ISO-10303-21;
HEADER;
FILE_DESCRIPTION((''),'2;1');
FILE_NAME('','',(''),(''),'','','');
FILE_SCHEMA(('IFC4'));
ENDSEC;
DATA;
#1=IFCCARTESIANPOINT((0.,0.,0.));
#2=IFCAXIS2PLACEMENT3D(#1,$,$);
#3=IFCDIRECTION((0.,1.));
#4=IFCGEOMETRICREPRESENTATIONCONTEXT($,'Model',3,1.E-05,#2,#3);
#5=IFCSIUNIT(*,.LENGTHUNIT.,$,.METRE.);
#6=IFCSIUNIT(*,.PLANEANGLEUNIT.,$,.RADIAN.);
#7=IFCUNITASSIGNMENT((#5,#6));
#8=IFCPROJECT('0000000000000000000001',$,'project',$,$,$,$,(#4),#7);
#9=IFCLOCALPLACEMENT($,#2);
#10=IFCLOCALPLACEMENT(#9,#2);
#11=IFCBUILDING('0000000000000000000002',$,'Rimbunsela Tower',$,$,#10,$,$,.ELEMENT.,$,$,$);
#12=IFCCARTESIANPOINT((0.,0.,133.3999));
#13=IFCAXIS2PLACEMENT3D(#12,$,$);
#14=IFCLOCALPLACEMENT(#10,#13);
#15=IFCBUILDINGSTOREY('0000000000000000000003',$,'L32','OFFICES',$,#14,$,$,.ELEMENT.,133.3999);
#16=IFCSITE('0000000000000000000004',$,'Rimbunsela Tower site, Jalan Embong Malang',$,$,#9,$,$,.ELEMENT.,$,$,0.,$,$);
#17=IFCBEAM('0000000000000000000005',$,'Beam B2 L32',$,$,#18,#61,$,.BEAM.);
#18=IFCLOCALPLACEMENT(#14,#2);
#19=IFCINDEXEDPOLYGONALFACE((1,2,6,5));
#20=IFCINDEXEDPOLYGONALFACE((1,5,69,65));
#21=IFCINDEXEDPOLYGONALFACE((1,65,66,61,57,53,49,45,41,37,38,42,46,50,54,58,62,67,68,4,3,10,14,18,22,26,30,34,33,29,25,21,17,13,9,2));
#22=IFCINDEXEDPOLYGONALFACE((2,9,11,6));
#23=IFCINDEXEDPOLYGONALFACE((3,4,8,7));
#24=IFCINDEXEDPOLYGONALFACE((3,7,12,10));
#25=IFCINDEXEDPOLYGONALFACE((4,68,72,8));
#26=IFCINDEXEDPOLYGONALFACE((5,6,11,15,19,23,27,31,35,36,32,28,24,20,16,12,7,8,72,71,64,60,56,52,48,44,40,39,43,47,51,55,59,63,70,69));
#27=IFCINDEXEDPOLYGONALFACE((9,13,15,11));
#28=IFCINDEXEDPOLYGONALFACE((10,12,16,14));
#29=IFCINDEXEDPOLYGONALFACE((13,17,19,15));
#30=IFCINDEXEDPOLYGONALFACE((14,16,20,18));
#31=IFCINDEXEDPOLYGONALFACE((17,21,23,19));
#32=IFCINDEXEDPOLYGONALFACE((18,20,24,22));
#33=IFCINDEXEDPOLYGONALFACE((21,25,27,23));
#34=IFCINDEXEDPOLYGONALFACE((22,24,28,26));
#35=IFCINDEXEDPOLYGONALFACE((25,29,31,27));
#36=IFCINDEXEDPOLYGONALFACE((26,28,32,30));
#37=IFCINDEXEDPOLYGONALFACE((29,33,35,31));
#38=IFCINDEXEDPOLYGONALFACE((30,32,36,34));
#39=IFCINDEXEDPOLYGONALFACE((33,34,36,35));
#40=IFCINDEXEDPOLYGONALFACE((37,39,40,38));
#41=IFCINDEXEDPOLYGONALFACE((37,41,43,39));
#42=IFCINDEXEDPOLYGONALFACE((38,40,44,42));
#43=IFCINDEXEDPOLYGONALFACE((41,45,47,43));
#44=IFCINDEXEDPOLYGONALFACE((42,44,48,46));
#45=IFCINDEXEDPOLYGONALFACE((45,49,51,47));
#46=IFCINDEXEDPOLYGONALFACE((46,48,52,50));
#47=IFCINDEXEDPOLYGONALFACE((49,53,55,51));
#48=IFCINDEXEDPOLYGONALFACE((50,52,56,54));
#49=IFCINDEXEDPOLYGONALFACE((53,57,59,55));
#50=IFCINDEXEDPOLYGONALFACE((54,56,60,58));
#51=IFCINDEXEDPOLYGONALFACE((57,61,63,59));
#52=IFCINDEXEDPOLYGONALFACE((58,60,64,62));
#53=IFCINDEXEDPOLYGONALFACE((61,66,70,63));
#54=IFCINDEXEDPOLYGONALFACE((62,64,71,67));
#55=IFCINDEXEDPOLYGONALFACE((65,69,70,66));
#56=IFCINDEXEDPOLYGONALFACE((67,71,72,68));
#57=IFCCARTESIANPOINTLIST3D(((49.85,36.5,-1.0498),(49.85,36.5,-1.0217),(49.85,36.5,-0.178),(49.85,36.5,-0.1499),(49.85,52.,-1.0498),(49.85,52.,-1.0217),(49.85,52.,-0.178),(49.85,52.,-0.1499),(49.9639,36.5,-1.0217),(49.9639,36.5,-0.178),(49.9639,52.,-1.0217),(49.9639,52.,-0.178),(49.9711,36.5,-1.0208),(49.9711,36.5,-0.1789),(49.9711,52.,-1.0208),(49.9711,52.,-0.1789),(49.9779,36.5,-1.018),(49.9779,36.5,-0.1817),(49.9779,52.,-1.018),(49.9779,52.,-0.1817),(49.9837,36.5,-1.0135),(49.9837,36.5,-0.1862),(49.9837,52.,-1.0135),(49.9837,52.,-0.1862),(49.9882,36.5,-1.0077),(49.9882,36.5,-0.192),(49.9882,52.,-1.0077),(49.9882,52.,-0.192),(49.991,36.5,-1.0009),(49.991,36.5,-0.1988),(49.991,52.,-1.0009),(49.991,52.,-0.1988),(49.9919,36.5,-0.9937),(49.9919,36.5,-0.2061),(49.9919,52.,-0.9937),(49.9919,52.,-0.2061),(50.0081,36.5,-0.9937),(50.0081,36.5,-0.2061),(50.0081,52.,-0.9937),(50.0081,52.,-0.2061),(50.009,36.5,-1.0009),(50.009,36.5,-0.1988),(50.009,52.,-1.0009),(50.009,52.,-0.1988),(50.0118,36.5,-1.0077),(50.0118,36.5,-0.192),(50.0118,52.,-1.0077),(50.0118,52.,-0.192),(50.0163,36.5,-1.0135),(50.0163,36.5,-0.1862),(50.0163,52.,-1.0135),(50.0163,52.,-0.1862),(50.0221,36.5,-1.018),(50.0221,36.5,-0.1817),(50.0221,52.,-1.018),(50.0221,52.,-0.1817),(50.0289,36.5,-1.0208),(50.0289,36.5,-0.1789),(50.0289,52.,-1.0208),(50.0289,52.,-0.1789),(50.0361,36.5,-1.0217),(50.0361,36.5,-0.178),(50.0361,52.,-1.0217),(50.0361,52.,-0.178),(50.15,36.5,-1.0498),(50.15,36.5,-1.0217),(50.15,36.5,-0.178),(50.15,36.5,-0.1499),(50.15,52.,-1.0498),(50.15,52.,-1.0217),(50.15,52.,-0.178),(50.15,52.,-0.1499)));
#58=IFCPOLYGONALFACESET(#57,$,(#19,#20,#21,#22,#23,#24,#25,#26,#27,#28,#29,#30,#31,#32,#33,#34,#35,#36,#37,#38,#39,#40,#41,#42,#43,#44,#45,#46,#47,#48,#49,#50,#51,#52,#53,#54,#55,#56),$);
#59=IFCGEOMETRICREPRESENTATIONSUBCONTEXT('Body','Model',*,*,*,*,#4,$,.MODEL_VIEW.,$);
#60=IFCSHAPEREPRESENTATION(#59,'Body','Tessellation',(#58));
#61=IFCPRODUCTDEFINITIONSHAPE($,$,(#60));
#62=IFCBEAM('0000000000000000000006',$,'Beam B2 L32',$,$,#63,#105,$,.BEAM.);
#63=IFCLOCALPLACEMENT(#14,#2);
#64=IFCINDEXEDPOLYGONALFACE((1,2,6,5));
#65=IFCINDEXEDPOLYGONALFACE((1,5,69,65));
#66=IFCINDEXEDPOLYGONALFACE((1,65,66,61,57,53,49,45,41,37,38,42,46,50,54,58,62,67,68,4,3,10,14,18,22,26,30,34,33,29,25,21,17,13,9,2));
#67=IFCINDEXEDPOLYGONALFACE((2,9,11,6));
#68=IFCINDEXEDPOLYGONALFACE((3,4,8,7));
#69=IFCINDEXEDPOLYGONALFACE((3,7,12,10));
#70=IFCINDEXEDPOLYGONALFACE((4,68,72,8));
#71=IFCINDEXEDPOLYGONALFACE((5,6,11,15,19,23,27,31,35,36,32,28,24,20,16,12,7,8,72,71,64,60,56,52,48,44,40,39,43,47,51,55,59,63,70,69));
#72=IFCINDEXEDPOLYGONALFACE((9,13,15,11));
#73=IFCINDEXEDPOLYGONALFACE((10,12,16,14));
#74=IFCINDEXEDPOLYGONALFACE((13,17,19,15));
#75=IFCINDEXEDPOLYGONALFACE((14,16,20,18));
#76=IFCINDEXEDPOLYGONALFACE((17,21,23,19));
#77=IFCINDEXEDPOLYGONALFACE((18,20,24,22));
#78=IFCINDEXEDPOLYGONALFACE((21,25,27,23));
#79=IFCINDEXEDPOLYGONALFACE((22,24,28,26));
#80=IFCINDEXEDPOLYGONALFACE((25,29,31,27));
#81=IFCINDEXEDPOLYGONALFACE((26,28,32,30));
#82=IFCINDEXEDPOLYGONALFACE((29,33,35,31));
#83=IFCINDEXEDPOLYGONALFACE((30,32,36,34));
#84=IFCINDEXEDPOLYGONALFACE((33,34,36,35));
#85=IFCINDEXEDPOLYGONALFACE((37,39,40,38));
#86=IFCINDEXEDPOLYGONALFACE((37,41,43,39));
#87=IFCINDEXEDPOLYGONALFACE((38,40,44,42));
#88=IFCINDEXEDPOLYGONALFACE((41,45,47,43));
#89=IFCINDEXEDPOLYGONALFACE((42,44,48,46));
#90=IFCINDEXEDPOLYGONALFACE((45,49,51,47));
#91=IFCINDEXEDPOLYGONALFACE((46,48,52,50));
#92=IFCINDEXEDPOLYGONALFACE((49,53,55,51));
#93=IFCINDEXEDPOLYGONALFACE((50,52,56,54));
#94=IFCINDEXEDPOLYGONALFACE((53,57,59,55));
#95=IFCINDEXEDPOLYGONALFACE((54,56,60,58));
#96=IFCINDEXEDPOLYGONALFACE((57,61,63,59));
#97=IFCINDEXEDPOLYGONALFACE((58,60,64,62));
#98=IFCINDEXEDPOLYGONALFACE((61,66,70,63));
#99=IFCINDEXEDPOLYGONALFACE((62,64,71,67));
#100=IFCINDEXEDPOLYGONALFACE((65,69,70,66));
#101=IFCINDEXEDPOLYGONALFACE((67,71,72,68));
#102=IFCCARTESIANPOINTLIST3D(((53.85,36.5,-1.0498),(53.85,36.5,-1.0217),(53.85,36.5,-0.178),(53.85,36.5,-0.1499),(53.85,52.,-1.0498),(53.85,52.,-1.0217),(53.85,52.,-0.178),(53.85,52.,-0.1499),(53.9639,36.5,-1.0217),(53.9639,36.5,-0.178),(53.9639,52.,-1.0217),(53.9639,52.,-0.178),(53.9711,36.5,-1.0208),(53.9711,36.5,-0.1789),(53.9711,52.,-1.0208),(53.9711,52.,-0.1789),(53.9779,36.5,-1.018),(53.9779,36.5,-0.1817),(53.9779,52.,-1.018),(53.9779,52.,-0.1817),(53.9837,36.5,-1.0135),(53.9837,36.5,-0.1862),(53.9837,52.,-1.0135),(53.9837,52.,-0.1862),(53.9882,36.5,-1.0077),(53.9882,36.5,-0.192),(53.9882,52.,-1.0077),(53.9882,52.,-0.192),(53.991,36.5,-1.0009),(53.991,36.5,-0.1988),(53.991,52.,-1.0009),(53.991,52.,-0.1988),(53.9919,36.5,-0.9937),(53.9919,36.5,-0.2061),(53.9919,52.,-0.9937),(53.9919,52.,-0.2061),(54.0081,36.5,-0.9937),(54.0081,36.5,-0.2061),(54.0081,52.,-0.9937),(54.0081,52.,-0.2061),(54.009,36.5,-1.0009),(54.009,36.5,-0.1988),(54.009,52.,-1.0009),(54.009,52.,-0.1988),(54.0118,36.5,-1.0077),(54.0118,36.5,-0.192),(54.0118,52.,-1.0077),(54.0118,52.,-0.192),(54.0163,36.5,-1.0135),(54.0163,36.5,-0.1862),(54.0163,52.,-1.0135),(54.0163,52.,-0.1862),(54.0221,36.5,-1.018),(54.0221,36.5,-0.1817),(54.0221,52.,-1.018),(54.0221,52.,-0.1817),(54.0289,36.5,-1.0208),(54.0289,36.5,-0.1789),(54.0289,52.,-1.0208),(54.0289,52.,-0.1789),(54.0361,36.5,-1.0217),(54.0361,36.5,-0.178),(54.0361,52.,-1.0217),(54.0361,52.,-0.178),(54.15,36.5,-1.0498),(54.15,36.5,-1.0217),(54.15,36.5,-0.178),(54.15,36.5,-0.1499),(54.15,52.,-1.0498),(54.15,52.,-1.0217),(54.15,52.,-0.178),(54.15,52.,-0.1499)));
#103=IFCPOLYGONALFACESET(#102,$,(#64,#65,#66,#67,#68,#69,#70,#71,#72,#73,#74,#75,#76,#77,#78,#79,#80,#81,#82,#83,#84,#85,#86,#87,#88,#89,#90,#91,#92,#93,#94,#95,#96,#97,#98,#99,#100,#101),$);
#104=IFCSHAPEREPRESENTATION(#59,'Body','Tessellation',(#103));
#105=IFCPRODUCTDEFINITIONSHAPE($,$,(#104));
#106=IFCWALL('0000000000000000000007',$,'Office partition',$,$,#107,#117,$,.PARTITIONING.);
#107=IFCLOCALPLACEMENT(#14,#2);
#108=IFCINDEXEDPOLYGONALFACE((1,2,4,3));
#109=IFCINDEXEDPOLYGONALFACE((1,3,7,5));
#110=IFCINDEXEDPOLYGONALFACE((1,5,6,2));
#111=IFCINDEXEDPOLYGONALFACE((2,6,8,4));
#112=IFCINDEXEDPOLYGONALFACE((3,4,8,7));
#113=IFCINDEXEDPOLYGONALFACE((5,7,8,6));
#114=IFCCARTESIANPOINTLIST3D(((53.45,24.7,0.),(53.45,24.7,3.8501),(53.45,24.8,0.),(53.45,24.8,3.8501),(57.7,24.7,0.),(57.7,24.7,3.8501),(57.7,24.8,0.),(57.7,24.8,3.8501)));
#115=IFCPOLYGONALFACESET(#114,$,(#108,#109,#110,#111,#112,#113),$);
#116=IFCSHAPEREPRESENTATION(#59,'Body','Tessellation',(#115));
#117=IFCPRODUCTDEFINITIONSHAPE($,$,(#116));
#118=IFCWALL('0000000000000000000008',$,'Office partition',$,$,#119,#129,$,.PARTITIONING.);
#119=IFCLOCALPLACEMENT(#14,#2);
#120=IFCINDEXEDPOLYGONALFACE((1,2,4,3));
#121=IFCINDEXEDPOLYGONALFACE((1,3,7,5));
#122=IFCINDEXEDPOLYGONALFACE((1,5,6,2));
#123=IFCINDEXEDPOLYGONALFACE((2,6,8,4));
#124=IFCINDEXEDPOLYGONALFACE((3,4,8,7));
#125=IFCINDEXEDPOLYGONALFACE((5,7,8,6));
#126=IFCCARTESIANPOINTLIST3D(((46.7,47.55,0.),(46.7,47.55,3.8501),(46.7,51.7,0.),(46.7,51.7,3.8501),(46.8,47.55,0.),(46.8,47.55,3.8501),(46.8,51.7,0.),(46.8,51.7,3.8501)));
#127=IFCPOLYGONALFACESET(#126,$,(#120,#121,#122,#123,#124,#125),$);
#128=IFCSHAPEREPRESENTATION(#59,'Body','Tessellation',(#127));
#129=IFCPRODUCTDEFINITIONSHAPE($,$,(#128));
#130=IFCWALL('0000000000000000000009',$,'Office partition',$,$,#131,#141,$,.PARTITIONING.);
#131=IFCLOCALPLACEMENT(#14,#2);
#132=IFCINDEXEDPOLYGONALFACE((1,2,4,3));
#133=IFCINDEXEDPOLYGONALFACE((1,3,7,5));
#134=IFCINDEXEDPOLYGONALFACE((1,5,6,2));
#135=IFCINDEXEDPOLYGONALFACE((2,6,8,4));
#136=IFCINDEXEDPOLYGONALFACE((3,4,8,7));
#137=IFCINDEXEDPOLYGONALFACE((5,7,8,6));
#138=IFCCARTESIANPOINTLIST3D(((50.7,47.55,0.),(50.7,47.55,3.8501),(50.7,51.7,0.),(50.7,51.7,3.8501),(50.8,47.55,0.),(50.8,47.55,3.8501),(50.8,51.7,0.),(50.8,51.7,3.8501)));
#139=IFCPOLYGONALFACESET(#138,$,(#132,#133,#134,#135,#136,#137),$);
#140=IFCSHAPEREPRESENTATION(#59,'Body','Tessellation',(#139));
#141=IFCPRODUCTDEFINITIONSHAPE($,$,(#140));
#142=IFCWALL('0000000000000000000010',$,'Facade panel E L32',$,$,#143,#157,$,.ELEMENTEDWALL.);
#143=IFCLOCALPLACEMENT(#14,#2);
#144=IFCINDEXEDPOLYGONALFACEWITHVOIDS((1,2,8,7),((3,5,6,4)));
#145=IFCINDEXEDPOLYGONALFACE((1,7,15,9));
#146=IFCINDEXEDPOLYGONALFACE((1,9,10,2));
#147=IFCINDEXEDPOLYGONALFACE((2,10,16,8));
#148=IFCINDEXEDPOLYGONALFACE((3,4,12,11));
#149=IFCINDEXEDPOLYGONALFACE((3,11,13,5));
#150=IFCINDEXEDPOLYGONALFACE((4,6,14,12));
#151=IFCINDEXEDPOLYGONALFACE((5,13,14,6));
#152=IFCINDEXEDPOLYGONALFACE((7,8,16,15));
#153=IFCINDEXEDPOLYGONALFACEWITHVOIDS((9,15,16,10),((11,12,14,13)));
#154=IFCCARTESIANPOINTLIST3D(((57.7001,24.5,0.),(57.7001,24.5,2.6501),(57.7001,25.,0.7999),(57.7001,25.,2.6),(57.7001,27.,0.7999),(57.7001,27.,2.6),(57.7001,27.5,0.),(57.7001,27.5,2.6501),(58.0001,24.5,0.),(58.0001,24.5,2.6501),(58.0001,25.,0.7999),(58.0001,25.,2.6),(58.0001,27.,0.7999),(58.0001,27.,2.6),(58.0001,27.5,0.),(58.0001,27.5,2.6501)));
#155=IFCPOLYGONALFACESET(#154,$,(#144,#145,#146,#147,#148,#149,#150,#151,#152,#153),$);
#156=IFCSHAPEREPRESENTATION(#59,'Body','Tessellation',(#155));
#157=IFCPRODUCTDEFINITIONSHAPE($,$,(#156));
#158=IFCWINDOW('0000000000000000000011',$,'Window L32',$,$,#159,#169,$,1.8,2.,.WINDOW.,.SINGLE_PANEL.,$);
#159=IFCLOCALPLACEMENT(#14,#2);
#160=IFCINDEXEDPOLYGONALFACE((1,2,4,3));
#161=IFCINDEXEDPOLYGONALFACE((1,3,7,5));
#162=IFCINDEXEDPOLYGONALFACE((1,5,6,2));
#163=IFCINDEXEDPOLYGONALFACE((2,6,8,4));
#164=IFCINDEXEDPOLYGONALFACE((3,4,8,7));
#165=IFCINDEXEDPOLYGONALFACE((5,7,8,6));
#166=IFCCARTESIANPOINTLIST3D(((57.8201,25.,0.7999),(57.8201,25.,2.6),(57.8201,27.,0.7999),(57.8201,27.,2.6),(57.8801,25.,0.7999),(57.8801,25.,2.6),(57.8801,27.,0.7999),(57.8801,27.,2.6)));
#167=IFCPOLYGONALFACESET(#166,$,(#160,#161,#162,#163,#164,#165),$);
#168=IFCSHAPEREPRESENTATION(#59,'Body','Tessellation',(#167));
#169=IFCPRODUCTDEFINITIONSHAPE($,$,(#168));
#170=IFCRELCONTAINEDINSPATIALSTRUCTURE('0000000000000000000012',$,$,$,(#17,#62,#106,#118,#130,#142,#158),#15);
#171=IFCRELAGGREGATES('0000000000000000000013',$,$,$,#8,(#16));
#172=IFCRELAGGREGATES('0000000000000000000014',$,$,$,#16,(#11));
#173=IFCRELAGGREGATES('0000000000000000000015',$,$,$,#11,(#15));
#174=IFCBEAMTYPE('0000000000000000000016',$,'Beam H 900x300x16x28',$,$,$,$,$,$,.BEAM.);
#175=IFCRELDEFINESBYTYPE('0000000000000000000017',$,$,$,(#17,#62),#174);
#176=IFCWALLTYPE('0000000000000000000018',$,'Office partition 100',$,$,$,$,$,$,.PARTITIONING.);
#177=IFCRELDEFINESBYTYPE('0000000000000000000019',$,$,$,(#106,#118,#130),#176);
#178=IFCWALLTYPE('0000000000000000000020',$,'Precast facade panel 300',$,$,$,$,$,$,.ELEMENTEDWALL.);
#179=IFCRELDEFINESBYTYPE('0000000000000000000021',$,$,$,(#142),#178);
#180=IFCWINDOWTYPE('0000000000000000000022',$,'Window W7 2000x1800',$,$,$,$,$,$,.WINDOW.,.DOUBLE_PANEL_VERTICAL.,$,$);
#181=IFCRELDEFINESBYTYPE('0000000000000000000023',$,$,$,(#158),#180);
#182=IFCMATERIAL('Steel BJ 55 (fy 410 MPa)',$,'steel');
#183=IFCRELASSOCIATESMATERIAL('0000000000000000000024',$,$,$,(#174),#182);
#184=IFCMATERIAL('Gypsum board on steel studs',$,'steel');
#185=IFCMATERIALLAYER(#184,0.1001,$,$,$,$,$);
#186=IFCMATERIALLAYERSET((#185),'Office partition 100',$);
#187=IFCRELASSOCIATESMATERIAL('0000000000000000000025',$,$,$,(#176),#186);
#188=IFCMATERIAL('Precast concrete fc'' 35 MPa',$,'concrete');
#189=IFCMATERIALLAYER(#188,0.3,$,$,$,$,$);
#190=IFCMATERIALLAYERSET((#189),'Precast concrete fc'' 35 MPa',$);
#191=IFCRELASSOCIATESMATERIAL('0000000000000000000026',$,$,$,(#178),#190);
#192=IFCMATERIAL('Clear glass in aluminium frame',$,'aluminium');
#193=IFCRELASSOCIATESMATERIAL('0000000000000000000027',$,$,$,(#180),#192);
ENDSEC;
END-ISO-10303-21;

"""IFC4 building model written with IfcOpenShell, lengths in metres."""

from ifc_helpers import new_model, si_unit, direction, frame, frame_2d, origin, origin_2d, place, context, subcontext, project, spatial, rectangle, i_section, extrude, material, layer, layer_set, material_profile, profile_set, type_object, element, fill, save


model = new_model("IFC4")

# Units and contexts
model_context = context("Model", 3, precision=1e-05, world=origin(), true_north=direction((0.0, 1.0)))
body_context = subcontext(model_context, "Body", "Model", "MODEL_VIEW")
ifc_project = project(units=[si_unit("LENGTHUNIT", "METRE"), si_unit("PLANEANGLEUNIT", "RADIAN")], contexts=[model_context])

# Site, building, storey
site_placement = place(None, origin())
site = spatial("IfcSite", under=ifc_project, at=site_placement, Name="Rimbunsela Tower site, Jalan Embong Malang", CompositionType="ELEMENT", RefElevation=0.0)
building_placement = place(site_placement, origin())
building = spatial("IfcBuilding", under=site, at=building_placement, Name="Rimbunsela Tower", CompositionType="ELEMENT")
storey_placement = place(building_placement, frame((0.0, 0.0, 133.3999)))
storey = spatial("IfcBuildingStorey", under=building, at=storey_placement, Name="L32", Description="OFFICES", CompositionType="ELEMENT", Elevation=133.3999)

# Beams
ifc_material_1 = material(Name="Steel BJ 55 (fy 410 MPa)", Category="steel")
ifc_material_profile_1 = material_profile(ifc_material_1, i_section(OverallWidth=0.3, OverallDepth=0.8999, WebThickness=0.0161, FlangeThickness=0.0281, FilletRadius=0.0281, at=origin_2d()), Name="H 900x300x16x28")
ifc_profile_set_1 = profile_set([ifc_material_profile_1], Name="Steel BJ 55 (fy 410 MPa)")
beam_type_1 = type_object("IfcBeamType", Name="Beam H 900x300x16x28", PredefinedType="BEAM", material=ifc_profile_set_1)
for number, where, z_axis, x_axis, name in (
    (1, (50.0, 36.5, -0.5999), (0.0, 1.0, 0.0), (-1.0, 0.0, 0.0), "Beam B2 L32"),
    (2, (54.0, 36.5, -0.5999), (0.0, 1.0, 0.0), (-1.0, 0.0, 0.0), "Beam B2 L32"),
):
    element("IfcBeam", number, at=place(storey_placement, frame(where, z_axis=z_axis, x_axis=x_axis)), inside=storey, type_object=beam_type_1, Name=name, PredefinedType="BEAM", context=body_context, shape_type="SweptSolid", body=[
        extrude(i_section(OverallWidth=0.3, OverallDepth=0.8999, WebThickness=0.0161, FlangeThickness=0.0281, FilletRadius=0.0281, at=origin_2d()), origin(), (0.0, 0.0, 1.0), 15.5),
    ])

# Walls
ifc_material_2 = material(Name="Gypsum board on steel studs", Category="steel")
ifc_layer_1 = layer(ifc_material_2, 0.1001)
ifc_layer_set_1 = layer_set([ifc_layer_1], Name="Office partition 100")
wall_type_1 = type_object("IfcWallType", Name="Office partition 100", PredefinedType="PARTITIONING", material=ifc_layer_set_1)
wall_1_placement = place(storey_placement, frame((53.45, 24.75, 0.0), z_axis=(0.0, 0.0, 1.0), x_axis=(1.0, 0.0, 0.0)))
element("IfcWall", 3, at=wall_1_placement, inside=storey, type_object=wall_type_1, Name="Office partition", PredefinedType="PARTITIONING", context=body_context, shape_type="SweptSolid", body=[
    extrude(rectangle(XDim=4.25, YDim=0.1001, at=frame_2d((2.125, 0.0))), origin(), (0.0, 0.0, 1.0), 3.8501),
])
for number, where, z_axis, x_axis, name in (
    (4, (46.75, 47.55, 0.0), (0.0, 0.0, 1.0), (0.0, 1.0, 0.0), "Office partition"),
    (5, (50.75, 47.55, 0.0), (0.0, 0.0, 1.0), (0.0, 1.0, 0.0), "Office partition"),
):
    element("IfcWall", number, at=place(storey_placement, frame(where, z_axis=z_axis, x_axis=x_axis)), inside=storey, type_object=wall_type_1, Name=name, PredefinedType="PARTITIONING", context=body_context, shape_type="SweptSolid", body=[
        extrude(rectangle(XDim=4.1499, YDim=0.1001, at=frame_2d((2.075, 0.0))), origin(), (0.0, 0.0, 1.0), 3.8501),
    ])

# Wall, opening, window
ifc_material_3 = material(Name="Precast concrete fc' 35 MPa", Category="concrete")
ifc_layer_2 = layer(ifc_material_3, 0.3)
ifc_layer_set_2 = layer_set([ifc_layer_2], Name="Precast concrete fc' 35 MPa")
wall_type_2 = type_object("IfcWallType", Name="Precast facade panel 300", PredefinedType="ELEMENTEDWALL", material=ifc_layer_set_2)
wall_2_placement = place(storey_placement, frame((57.8501, 24.5, 0.0), z_axis=(0.0, 0.0, 1.0), x_axis=(0.0, 1.0, 0.0)))
wall_2 = element("IfcWall", 6, at=wall_2_placement, inside=storey, type_object=wall_type_2, Name="Facade panel E L32", PredefinedType="ELEMENTEDWALL", context=body_context, shape_type="SweptSolid", body=[
    extrude(rectangle(XDim=3.0, YDim=0.3, at=frame_2d((1.5, 0.0))), origin(), (0.0, 0.0, 1.0), 2.6501),
])
opening_1_placement = place(wall_2_placement, frame((0.5, 0.0, 0.8)))
opening_1 = element("IfcOpeningElement", 7, at=opening_1_placement, cuts=wall_2, PredefinedType="OPENING", context=body_context, shape_type="SweptSolid", body=[
    extrude(rectangle(XDim=2.0, YDim=1.8, at=frame_2d((1.0, 0.8999))), frame((0.0, 0.1599, 0.0), z_axis=(0.0, -1.0, 0.0), x_axis=(1.0, 0.0, 0.0)), (0.0, 0.0, 1.0), 0.3201),
])
ifc_material_4 = material(Name="Clear glass in aluminium frame", Category="aluminium")
window_type = type_object("IfcWindowType", Name="Window W7 2000x1800", PartitioningType="DOUBLE_PANEL_VERTICAL", PredefinedType="WINDOW", material=ifc_material_4)
window_1_placement = place(opening_1_placement, origin())
window_1 = element("IfcWindow", 8, at=window_1_placement, inside=storey, type_object=window_type, Name="Window L32", OverallHeight=1.8, OverallWidth=2.0, PartitioningType="SINGLE_PANEL", PredefinedType="WINDOW", context=body_context, shape_type="SweptSolid", body=[
    extrude(rectangle(XDim=2.0, YDim=1.8, at=frame_2d((1.0, 0.8999))), frame((0.0, 0.03, 0.0), z_axis=(0.0, -1.0, 0.0), x_axis=(1.0, 0.0, 0.0)), (0.0, 0.0, 1.0), 0.0601),
])
fill(opening_1, window_1)

save(model, "model.ifc")
